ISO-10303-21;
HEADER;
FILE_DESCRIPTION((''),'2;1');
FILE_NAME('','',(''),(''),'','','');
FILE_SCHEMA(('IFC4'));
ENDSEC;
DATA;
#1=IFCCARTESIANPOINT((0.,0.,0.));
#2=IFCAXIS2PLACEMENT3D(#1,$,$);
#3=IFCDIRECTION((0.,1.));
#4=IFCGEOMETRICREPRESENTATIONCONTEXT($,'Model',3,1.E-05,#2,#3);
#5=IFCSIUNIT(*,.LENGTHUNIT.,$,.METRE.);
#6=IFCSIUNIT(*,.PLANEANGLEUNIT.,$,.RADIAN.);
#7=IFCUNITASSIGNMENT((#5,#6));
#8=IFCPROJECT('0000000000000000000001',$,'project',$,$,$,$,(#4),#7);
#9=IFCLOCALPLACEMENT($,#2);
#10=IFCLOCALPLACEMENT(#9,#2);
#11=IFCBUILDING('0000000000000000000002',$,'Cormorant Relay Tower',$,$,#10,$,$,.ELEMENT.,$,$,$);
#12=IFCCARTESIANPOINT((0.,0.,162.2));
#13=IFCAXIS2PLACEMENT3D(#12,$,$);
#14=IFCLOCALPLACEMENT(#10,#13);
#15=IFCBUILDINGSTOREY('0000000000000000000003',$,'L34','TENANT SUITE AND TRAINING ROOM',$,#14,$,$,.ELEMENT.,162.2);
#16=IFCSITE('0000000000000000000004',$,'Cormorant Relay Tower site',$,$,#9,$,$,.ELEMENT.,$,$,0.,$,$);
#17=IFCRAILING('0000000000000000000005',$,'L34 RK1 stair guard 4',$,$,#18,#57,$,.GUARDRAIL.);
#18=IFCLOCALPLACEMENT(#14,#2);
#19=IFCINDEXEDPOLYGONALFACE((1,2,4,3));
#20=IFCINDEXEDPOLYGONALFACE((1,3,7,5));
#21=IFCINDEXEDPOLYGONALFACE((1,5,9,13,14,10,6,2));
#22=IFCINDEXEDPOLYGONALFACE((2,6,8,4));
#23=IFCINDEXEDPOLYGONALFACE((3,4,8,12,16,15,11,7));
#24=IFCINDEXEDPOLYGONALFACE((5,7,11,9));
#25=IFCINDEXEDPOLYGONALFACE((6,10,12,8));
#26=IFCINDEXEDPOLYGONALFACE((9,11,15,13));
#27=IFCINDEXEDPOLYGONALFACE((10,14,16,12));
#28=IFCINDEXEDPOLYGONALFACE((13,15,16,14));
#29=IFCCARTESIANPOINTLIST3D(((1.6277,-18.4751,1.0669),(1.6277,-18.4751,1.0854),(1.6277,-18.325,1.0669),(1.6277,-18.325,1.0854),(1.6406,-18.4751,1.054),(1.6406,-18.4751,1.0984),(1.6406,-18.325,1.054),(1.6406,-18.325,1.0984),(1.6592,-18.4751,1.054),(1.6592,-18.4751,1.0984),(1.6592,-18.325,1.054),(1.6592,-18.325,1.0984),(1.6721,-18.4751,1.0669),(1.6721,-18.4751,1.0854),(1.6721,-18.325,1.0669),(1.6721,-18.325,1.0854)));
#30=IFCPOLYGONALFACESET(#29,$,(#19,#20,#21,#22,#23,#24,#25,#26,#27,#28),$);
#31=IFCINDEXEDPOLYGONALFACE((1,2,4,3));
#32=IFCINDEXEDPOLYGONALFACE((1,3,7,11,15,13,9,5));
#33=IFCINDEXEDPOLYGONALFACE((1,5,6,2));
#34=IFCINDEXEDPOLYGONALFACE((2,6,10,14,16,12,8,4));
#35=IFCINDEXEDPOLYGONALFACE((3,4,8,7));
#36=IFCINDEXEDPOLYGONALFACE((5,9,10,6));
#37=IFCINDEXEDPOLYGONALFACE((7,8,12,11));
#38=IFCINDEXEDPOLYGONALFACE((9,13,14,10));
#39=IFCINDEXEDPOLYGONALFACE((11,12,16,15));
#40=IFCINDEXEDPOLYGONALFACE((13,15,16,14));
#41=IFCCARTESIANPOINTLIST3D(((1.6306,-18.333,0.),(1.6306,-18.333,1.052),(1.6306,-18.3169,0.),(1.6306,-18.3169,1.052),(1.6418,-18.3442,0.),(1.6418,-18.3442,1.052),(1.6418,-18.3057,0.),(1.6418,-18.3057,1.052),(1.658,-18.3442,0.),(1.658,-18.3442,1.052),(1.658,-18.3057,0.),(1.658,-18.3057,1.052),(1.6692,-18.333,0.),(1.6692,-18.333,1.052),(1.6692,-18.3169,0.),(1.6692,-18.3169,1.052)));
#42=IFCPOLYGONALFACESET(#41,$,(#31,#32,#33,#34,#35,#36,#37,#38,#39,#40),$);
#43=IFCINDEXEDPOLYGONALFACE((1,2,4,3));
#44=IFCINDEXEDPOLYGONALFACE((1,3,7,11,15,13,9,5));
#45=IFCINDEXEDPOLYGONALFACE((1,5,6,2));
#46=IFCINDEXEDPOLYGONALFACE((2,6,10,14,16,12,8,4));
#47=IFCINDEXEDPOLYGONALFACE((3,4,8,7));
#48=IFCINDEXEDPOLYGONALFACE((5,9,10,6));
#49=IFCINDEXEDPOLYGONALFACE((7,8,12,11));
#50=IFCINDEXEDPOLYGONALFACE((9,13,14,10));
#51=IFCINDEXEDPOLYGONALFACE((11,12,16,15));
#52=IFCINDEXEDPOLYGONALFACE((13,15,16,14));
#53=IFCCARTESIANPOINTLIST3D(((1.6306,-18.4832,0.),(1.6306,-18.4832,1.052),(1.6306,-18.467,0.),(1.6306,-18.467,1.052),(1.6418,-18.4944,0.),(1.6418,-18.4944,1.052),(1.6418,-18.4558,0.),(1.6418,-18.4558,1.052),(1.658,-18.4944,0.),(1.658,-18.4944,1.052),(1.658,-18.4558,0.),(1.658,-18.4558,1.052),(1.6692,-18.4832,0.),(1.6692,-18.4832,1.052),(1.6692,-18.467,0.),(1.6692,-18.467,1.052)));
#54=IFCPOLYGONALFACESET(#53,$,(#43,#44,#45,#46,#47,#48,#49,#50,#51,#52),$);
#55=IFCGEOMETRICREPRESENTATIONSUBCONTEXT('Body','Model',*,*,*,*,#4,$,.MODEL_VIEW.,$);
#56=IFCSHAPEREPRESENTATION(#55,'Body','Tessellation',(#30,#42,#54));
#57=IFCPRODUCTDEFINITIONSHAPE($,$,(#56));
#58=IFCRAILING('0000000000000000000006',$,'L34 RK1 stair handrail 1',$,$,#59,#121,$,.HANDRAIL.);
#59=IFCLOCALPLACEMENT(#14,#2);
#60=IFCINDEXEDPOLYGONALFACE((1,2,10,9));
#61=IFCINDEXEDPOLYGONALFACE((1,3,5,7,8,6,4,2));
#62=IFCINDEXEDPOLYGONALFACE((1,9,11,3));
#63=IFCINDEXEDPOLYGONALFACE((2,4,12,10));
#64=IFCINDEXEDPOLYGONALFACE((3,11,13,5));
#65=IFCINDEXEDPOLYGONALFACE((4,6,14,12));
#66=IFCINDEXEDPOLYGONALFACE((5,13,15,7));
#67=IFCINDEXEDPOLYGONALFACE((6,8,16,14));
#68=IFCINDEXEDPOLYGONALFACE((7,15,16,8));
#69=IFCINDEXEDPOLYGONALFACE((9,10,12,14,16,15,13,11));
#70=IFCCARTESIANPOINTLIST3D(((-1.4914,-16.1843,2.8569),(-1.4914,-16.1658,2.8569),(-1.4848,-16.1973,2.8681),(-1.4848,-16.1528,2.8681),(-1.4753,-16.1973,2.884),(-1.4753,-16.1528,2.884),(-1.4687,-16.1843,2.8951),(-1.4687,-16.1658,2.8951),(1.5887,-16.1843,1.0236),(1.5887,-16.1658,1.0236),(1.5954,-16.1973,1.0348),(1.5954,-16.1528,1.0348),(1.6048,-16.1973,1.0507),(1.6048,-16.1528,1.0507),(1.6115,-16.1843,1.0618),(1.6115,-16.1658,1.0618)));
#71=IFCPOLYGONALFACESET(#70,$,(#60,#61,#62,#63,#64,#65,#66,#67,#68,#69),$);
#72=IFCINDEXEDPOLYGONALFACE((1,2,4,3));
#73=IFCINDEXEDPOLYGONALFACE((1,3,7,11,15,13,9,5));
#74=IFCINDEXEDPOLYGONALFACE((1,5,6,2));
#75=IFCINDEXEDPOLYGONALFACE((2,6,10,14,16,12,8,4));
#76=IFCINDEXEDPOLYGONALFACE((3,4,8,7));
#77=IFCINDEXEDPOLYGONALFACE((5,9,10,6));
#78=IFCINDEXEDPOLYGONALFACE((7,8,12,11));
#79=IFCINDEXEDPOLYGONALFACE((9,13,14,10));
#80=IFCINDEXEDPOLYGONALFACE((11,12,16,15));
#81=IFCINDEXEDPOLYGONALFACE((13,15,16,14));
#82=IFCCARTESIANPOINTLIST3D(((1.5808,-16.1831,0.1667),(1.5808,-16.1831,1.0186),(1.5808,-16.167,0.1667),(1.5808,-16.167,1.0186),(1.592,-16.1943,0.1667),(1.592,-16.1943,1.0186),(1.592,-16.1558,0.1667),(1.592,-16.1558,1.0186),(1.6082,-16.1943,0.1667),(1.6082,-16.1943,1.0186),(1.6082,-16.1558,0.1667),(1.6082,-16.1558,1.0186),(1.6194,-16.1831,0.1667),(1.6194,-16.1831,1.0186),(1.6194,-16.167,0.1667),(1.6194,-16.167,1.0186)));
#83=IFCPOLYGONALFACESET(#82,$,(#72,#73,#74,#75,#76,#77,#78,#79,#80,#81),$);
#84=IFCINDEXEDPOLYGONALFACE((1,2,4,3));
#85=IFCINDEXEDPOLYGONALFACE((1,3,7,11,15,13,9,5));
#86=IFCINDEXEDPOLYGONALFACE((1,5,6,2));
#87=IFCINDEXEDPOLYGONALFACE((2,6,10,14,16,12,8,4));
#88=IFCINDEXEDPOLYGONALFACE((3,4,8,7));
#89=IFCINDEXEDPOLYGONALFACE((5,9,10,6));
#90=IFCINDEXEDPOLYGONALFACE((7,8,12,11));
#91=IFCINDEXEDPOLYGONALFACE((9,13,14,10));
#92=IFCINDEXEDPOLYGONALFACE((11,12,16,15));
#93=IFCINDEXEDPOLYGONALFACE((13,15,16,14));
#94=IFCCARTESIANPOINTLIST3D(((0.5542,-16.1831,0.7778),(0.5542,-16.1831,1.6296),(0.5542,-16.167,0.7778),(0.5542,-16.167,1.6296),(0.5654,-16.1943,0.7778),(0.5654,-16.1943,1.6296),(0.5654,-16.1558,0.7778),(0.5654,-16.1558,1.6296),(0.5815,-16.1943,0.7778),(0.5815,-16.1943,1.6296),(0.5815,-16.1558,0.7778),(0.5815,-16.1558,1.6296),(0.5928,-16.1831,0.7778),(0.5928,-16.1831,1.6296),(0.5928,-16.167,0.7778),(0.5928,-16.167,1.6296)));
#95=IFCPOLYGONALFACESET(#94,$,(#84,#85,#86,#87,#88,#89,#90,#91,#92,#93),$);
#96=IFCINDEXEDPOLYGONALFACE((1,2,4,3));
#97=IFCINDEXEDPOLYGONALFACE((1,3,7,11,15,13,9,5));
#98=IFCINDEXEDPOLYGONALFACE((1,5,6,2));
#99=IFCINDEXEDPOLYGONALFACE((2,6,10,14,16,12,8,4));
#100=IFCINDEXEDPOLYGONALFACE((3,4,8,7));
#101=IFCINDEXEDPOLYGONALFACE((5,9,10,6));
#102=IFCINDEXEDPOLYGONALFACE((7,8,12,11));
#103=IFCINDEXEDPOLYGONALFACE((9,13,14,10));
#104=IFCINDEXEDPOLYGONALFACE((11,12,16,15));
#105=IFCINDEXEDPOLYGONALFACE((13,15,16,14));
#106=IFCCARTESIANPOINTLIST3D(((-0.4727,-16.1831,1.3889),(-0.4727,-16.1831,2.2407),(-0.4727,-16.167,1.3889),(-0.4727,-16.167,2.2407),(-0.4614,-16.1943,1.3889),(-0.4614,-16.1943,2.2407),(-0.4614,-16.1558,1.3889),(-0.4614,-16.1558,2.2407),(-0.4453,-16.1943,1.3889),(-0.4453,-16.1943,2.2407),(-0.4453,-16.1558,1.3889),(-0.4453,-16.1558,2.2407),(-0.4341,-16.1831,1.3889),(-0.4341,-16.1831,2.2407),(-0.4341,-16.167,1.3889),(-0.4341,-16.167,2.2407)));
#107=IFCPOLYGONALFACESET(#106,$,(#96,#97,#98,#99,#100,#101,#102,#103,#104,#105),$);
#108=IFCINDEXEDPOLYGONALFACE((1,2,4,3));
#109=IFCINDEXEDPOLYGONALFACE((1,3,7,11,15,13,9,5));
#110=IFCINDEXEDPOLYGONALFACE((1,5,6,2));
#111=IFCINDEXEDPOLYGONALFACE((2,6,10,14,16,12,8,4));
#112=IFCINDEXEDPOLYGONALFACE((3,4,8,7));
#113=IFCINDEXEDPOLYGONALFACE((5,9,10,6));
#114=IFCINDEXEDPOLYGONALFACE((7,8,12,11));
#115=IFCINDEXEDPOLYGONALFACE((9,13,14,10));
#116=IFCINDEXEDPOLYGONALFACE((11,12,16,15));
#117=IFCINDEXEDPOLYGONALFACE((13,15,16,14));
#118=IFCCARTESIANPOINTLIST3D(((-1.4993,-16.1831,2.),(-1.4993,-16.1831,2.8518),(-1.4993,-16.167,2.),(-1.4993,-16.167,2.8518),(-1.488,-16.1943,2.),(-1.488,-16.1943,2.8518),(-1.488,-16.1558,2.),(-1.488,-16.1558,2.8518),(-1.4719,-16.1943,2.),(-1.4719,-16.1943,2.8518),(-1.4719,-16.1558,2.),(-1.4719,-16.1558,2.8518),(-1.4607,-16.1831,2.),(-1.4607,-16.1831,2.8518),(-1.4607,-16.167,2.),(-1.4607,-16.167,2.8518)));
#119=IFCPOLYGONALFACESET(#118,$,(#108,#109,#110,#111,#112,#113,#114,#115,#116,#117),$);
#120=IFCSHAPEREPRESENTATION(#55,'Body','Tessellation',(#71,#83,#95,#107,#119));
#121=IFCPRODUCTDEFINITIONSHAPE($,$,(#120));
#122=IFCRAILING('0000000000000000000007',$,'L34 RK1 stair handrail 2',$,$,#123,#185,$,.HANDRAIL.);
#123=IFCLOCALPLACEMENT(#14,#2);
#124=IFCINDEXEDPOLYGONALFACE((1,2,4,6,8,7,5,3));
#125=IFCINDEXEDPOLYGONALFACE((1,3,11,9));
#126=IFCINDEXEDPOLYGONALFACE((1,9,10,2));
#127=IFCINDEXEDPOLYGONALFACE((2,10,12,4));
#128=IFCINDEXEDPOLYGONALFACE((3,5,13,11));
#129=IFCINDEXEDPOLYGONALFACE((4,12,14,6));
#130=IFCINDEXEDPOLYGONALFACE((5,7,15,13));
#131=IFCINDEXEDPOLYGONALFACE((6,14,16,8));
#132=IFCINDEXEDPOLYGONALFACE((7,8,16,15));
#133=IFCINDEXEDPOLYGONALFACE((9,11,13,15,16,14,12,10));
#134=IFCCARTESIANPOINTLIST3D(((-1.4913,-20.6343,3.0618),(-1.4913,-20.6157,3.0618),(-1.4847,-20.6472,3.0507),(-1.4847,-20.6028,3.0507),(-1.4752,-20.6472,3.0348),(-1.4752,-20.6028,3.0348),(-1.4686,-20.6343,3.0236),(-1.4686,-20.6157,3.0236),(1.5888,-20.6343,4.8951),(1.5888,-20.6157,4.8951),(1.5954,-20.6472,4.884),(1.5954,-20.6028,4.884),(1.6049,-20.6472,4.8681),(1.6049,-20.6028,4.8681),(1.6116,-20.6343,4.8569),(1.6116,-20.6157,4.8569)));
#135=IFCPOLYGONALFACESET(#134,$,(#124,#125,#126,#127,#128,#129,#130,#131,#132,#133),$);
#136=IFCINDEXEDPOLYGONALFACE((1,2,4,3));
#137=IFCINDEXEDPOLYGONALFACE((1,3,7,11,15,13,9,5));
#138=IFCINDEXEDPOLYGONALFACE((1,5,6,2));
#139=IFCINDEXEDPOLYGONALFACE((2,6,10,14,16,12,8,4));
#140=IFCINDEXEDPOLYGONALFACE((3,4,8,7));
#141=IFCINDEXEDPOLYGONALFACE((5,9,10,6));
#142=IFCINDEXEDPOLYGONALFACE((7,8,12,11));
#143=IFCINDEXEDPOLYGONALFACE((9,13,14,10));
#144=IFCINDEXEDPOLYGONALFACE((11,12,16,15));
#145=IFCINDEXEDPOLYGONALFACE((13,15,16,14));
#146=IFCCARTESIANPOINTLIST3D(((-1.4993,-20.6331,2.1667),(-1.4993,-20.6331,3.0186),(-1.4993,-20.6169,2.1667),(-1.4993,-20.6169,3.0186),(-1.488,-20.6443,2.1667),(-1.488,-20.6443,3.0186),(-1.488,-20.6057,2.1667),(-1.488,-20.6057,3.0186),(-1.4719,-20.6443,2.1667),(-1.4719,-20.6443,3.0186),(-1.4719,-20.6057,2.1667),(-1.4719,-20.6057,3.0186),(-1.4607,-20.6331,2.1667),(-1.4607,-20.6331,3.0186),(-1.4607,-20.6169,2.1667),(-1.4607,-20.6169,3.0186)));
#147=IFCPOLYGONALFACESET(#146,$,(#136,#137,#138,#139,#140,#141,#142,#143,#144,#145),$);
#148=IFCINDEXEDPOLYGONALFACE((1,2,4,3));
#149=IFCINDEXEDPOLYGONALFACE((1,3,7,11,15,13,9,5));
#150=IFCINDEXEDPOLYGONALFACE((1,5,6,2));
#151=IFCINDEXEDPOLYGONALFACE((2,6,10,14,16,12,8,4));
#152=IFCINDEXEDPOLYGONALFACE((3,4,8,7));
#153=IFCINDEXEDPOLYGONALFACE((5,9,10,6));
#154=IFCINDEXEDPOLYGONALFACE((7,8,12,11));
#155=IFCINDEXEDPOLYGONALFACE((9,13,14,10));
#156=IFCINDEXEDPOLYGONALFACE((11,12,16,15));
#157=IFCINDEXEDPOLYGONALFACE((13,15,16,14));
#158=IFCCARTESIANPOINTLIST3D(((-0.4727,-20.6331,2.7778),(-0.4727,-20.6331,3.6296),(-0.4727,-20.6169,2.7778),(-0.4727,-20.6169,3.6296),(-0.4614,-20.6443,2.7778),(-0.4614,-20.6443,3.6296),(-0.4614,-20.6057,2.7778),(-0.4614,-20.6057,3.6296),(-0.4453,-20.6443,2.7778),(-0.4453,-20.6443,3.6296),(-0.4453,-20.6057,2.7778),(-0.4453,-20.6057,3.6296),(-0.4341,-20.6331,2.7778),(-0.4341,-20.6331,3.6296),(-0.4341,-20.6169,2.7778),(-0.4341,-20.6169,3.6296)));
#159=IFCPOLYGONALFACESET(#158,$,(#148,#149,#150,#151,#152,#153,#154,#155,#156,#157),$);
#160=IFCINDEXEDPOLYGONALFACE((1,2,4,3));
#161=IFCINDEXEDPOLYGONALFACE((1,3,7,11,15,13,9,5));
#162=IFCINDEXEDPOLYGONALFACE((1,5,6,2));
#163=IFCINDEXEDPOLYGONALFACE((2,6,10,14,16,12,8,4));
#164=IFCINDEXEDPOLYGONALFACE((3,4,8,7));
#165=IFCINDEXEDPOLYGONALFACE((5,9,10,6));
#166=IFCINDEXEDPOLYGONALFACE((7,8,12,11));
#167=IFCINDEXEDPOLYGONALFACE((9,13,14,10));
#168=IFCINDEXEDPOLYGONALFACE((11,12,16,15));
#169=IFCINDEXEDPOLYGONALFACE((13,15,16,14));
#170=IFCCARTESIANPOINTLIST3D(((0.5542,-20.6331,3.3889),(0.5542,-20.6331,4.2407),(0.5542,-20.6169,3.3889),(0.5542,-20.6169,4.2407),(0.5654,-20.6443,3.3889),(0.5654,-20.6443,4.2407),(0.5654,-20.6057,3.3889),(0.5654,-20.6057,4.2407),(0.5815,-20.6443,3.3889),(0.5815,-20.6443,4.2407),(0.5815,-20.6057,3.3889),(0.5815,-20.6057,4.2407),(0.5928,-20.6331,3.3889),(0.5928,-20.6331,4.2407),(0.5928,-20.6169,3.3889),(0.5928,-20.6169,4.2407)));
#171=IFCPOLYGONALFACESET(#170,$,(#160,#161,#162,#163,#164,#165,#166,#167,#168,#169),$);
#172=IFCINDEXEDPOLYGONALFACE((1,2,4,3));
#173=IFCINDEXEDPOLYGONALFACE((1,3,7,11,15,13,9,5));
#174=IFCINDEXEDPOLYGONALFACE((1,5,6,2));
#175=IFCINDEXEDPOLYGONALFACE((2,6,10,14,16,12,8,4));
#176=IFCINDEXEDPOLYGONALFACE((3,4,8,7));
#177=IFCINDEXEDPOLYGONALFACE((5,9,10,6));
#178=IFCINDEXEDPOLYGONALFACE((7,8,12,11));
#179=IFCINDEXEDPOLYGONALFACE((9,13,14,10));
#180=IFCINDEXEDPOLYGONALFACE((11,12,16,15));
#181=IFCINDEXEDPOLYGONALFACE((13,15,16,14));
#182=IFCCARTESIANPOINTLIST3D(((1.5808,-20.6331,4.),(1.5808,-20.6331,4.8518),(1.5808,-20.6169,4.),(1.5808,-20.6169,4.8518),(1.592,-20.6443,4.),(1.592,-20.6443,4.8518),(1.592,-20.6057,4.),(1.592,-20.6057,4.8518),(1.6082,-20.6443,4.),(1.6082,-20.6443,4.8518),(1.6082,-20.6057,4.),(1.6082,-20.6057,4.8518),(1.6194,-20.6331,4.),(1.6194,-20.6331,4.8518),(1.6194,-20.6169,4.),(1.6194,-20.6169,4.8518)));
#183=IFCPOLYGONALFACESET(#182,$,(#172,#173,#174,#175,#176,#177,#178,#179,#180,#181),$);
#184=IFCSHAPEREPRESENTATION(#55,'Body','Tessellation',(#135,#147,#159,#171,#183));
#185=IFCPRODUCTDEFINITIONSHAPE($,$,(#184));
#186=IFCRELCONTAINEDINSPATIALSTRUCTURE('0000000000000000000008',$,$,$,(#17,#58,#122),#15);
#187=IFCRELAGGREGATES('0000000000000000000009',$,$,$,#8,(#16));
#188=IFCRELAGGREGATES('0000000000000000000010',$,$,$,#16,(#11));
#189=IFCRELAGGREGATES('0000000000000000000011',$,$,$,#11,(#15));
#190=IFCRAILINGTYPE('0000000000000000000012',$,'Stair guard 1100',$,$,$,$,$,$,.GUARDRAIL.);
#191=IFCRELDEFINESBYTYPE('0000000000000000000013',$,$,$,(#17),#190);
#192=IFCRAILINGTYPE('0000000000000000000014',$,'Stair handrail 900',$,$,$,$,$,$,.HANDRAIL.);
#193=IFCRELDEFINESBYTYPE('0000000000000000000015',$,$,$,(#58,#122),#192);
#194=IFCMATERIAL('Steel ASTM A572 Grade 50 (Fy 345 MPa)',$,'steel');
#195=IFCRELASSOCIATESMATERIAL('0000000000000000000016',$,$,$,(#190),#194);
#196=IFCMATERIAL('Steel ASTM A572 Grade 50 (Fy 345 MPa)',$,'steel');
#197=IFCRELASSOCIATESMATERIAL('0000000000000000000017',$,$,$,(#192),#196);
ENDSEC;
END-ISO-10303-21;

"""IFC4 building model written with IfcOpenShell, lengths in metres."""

from ifc_helpers import new_model, si_unit, direction, frame, origin, place, context, subcontext, project, spatial, polyline, outline, extrude, material, type_object, element, save


model = new_model("IFC4")

# Units and contexts
model_context = context("Model", 3, precision=1e-05, world=origin(), true_north=direction((0.0, 1.0)))
body_context = subcontext(model_context, "Body", "Model", "MODEL_VIEW")
ifc_project = project(units=[si_unit("LENGTHUNIT", "METRE"), si_unit("PLANEANGLEUNIT", "RADIAN")], contexts=[model_context])

# Site, building, storey
site_placement = place(None, origin())
site = spatial("IfcSite", under=ifc_project, at=site_placement, Name="Cormorant Relay Tower site", CompositionType="ELEMENT", RefElevation=0.0)
building_placement = place(site_placement, origin())
building = spatial("IfcBuilding", under=site, at=building_placement, Name="Cormorant Relay Tower", CompositionType="ELEMENT")
storey_placement = place(building_placement, frame((0.0, 0.0, 162.2)))
storey = spatial("IfcBuildingStorey", under=building, at=storey_placement, Name="L34", Description="TENANT SUITE AND TRAINING ROOM", CompositionType="ELEMENT", Elevation=162.2)

# Railings
ifc_material_1 = material(Name="Steel ASTM A572 Grade 50 (Fy 345 MPa)", Category="steel")
railing_type_1 = type_object("IfcRailingType", Name="Stair guard 1100", PredefinedType="GUARDRAIL", material=ifc_material_1)
railing_1_placement = place(storey_placement, frame((1.6499, -18.325, 0.0)))
element("IfcRailing", 1, at=railing_1_placement, inside=storey, type_object=railing_type_1, Name="L34 RK1 stair guard 4", PredefinedType="GUARDRAIL", context=body_context, shape_type="SweptSolid", body=[
    extrude(outline(polyline([(0.0222, 0.0093), (0.0093, 0.0222), (-0.0093, 0.0222), (-0.0222, 0.0093), (-0.0222, -0.0093), (-0.0093, -0.0222), (0.0093, -0.0222), (0.0222, -0.0093), (0.0222, 0.0093)])), frame((0.0, 0.0, 1.0762), z_axis=(0.0, -1.0, 0.0), x_axis=(1.0, 0.0, 0.0)), (0.0, 0.0, 1.0), 0.1501),
    extrude(outline(polyline([(0.0193, 0.0081), (0.0081, 0.0193), (-0.0081, 0.0193), (-0.0193, 0.0081), (-0.0193, -0.0081), (-0.0081, -0.0193), (0.0081, -0.0193), (0.0193, -0.0081), (0.0193, 0.0081)])), origin(), (0.0, 0.0, 1.0), 1.052),
    extrude(outline(polyline([(0.0193, 0.0081), (0.0081, 0.0193), (-0.0081, 0.0193), (-0.0193, 0.0081), (-0.0193, -0.0081), (-0.0081, -0.0193), (0.0081, -0.0193), (0.0193, -0.0081), (0.0193, 0.0081)])), frame((0.0, -0.1501, 0.0)), (0.0, 0.0, 1.0), 1.052),
])
ifc_material_2 = material(Name="Steel ASTM A572 Grade 50 (Fy 345 MPa)", Category="steel")
railing_type_2 = type_object("IfcRailingType", Name="Stair handrail 900", PredefinedType="HANDRAIL", material=ifc_material_2)
railing_2_placement = place(storey_placement, frame((1.6001, -16.175, 0.1667)))
element("IfcRailing", 2, at=railing_2_placement, inside=storey, type_object=railing_type_2, Name="L34 RK1 stair handrail 1", PredefinedType="HANDRAIL", context=body_context, shape_type="SweptSolid", body=[
    extrude(outline(polyline([(0.0222, 0.0093), (0.0093, 0.0222), (-0.0093, 0.0222), (-0.0222, 0.0093), (-0.0222, -0.0093), (-0.0093, -0.0222), (0.0093, -0.0222), (0.0222, -0.0093), (0.0222, 0.0093)])), frame((0.0, 0.0, 0.876), z_axis=(-0.859309, 0.0, 0.511458), x_axis=(0.0, -1.0, 0.0)), (0.0, 0.0, 1.0), 3.5845),
    extrude(outline(polyline([(0.0193, 0.0081), (0.0081, 0.0193), (-0.0081, 0.0193), (-0.0193, 0.0081), (-0.0193, -0.0081), (-0.0081, -0.0193), (0.0081, -0.0193), (0.0193, -0.0081), (0.0193, 0.0081)])), origin(), (0.0, 0.0, 1.0), 0.8518),
    extrude(outline(polyline([(0.0193, 0.0081), (0.0081, 0.0193), (-0.0081, 0.0193), (-0.0193, 0.0081), (-0.0193, -0.0081), (-0.0081, -0.0193), (0.0081, -0.0193), (0.0193, -0.0081), (0.0193, 0.0081)])), frame((-1.0266, 0.0, 0.6111)), (0.0, 0.0, 1.0), 0.8518),
    extrude(outline(polyline([(0.0193, 0.0081), (0.0081, 0.0193), (-0.0081, 0.0193), (-0.0193, 0.0081), (-0.0193, -0.0081), (-0.0081, -0.0193), (0.0081, -0.0193), (0.0193, -0.0081), (0.0193, 0.0081)])), frame((-2.0535, 0.0, 1.2222)), (0.0, 0.0, 1.0), 0.8518),
    extrude(outline(polyline([(0.0193, 0.0081), (0.0081, 0.0193), (-0.0081, 0.0193), (-0.0193, 0.0081), (-0.0193, -0.0081), (-0.0081, -0.0193), (0.0081, -0.0193), (0.0193, -0.0081), (0.0193, 0.0081)])), frame((-3.0801, 0.0, 1.8333)), (0.0, 0.0, 1.0), 0.8518),
])
railing_3_placement = place(storey_placement, frame((-1.48, -20.625, 2.1667)))
element("IfcRailing", 3, at=railing_3_placement, inside=storey, type_object=railing_type_2, Name="L34 RK1 stair handrail 2", PredefinedType="HANDRAIL", context=body_context, shape_type="SweptSolid", body=[
    extrude(outline(polyline([(0.0222, 0.0093), (0.0093, 0.0222), (-0.0093, 0.0222), (-0.0222, 0.0093), (-0.0222, -0.0093), (-0.0093, -0.0222), (0.0093, -0.0222), (0.0222, -0.0093), (0.0222, 0.0093)])), frame((0.0, 0.0, 0.876), z_axis=(0.859309, 0.0, 0.511458), x_axis=(0.0, 1.0, 0.0)), (0.0, 0.0, 1.0), 3.5845),
    extrude(outline(polyline([(0.0193, 0.0081), (0.0081, 0.0193), (-0.0081, 0.0193), (-0.0193, 0.0081), (-0.0193, -0.0081), (-0.0081, -0.0193), (0.0081, -0.0193), (0.0193, -0.0081), (0.0193, 0.0081)])), origin(), (0.0, 0.0, 1.0), 0.8518),
    extrude(outline(polyline([(0.0193, 0.0081), (0.0081, 0.0193), (-0.0081, 0.0193), (-0.0193, 0.0081), (-0.0193, -0.0081), (-0.0081, -0.0193), (0.0081, -0.0193), (0.0193, -0.0081), (0.0193, 0.0081)])), frame((1.0266, 0.0, 0.6111)), (0.0, 0.0, 1.0), 0.8518),
    extrude(outline(polyline([(0.0193, 0.0081), (0.0081, 0.0193), (-0.0081, 0.0193), (-0.0193, 0.0081), (-0.0193, -0.0081), (-0.0081, -0.0193), (0.0081, -0.0193), (0.0193, -0.0081), (0.0193, 0.0081)])), frame((2.0535, 0.0, 1.2222)), (0.0, 0.0, 1.0), 0.8518),
    extrude(outline(polyline([(0.0193, 0.0081), (0.0081, 0.0193), (-0.0081, 0.0193), (-0.0193, 0.0081), (-0.0193, -0.0081), (-0.0081, -0.0193), (0.0081, -0.0193), (0.0193, -0.0081), (0.0193, 0.0081)])), frame((3.0801, 0.0, 1.8333)), (0.0, 0.0, 1.0), 0.8518),
])

save(model, "model.ifc")
